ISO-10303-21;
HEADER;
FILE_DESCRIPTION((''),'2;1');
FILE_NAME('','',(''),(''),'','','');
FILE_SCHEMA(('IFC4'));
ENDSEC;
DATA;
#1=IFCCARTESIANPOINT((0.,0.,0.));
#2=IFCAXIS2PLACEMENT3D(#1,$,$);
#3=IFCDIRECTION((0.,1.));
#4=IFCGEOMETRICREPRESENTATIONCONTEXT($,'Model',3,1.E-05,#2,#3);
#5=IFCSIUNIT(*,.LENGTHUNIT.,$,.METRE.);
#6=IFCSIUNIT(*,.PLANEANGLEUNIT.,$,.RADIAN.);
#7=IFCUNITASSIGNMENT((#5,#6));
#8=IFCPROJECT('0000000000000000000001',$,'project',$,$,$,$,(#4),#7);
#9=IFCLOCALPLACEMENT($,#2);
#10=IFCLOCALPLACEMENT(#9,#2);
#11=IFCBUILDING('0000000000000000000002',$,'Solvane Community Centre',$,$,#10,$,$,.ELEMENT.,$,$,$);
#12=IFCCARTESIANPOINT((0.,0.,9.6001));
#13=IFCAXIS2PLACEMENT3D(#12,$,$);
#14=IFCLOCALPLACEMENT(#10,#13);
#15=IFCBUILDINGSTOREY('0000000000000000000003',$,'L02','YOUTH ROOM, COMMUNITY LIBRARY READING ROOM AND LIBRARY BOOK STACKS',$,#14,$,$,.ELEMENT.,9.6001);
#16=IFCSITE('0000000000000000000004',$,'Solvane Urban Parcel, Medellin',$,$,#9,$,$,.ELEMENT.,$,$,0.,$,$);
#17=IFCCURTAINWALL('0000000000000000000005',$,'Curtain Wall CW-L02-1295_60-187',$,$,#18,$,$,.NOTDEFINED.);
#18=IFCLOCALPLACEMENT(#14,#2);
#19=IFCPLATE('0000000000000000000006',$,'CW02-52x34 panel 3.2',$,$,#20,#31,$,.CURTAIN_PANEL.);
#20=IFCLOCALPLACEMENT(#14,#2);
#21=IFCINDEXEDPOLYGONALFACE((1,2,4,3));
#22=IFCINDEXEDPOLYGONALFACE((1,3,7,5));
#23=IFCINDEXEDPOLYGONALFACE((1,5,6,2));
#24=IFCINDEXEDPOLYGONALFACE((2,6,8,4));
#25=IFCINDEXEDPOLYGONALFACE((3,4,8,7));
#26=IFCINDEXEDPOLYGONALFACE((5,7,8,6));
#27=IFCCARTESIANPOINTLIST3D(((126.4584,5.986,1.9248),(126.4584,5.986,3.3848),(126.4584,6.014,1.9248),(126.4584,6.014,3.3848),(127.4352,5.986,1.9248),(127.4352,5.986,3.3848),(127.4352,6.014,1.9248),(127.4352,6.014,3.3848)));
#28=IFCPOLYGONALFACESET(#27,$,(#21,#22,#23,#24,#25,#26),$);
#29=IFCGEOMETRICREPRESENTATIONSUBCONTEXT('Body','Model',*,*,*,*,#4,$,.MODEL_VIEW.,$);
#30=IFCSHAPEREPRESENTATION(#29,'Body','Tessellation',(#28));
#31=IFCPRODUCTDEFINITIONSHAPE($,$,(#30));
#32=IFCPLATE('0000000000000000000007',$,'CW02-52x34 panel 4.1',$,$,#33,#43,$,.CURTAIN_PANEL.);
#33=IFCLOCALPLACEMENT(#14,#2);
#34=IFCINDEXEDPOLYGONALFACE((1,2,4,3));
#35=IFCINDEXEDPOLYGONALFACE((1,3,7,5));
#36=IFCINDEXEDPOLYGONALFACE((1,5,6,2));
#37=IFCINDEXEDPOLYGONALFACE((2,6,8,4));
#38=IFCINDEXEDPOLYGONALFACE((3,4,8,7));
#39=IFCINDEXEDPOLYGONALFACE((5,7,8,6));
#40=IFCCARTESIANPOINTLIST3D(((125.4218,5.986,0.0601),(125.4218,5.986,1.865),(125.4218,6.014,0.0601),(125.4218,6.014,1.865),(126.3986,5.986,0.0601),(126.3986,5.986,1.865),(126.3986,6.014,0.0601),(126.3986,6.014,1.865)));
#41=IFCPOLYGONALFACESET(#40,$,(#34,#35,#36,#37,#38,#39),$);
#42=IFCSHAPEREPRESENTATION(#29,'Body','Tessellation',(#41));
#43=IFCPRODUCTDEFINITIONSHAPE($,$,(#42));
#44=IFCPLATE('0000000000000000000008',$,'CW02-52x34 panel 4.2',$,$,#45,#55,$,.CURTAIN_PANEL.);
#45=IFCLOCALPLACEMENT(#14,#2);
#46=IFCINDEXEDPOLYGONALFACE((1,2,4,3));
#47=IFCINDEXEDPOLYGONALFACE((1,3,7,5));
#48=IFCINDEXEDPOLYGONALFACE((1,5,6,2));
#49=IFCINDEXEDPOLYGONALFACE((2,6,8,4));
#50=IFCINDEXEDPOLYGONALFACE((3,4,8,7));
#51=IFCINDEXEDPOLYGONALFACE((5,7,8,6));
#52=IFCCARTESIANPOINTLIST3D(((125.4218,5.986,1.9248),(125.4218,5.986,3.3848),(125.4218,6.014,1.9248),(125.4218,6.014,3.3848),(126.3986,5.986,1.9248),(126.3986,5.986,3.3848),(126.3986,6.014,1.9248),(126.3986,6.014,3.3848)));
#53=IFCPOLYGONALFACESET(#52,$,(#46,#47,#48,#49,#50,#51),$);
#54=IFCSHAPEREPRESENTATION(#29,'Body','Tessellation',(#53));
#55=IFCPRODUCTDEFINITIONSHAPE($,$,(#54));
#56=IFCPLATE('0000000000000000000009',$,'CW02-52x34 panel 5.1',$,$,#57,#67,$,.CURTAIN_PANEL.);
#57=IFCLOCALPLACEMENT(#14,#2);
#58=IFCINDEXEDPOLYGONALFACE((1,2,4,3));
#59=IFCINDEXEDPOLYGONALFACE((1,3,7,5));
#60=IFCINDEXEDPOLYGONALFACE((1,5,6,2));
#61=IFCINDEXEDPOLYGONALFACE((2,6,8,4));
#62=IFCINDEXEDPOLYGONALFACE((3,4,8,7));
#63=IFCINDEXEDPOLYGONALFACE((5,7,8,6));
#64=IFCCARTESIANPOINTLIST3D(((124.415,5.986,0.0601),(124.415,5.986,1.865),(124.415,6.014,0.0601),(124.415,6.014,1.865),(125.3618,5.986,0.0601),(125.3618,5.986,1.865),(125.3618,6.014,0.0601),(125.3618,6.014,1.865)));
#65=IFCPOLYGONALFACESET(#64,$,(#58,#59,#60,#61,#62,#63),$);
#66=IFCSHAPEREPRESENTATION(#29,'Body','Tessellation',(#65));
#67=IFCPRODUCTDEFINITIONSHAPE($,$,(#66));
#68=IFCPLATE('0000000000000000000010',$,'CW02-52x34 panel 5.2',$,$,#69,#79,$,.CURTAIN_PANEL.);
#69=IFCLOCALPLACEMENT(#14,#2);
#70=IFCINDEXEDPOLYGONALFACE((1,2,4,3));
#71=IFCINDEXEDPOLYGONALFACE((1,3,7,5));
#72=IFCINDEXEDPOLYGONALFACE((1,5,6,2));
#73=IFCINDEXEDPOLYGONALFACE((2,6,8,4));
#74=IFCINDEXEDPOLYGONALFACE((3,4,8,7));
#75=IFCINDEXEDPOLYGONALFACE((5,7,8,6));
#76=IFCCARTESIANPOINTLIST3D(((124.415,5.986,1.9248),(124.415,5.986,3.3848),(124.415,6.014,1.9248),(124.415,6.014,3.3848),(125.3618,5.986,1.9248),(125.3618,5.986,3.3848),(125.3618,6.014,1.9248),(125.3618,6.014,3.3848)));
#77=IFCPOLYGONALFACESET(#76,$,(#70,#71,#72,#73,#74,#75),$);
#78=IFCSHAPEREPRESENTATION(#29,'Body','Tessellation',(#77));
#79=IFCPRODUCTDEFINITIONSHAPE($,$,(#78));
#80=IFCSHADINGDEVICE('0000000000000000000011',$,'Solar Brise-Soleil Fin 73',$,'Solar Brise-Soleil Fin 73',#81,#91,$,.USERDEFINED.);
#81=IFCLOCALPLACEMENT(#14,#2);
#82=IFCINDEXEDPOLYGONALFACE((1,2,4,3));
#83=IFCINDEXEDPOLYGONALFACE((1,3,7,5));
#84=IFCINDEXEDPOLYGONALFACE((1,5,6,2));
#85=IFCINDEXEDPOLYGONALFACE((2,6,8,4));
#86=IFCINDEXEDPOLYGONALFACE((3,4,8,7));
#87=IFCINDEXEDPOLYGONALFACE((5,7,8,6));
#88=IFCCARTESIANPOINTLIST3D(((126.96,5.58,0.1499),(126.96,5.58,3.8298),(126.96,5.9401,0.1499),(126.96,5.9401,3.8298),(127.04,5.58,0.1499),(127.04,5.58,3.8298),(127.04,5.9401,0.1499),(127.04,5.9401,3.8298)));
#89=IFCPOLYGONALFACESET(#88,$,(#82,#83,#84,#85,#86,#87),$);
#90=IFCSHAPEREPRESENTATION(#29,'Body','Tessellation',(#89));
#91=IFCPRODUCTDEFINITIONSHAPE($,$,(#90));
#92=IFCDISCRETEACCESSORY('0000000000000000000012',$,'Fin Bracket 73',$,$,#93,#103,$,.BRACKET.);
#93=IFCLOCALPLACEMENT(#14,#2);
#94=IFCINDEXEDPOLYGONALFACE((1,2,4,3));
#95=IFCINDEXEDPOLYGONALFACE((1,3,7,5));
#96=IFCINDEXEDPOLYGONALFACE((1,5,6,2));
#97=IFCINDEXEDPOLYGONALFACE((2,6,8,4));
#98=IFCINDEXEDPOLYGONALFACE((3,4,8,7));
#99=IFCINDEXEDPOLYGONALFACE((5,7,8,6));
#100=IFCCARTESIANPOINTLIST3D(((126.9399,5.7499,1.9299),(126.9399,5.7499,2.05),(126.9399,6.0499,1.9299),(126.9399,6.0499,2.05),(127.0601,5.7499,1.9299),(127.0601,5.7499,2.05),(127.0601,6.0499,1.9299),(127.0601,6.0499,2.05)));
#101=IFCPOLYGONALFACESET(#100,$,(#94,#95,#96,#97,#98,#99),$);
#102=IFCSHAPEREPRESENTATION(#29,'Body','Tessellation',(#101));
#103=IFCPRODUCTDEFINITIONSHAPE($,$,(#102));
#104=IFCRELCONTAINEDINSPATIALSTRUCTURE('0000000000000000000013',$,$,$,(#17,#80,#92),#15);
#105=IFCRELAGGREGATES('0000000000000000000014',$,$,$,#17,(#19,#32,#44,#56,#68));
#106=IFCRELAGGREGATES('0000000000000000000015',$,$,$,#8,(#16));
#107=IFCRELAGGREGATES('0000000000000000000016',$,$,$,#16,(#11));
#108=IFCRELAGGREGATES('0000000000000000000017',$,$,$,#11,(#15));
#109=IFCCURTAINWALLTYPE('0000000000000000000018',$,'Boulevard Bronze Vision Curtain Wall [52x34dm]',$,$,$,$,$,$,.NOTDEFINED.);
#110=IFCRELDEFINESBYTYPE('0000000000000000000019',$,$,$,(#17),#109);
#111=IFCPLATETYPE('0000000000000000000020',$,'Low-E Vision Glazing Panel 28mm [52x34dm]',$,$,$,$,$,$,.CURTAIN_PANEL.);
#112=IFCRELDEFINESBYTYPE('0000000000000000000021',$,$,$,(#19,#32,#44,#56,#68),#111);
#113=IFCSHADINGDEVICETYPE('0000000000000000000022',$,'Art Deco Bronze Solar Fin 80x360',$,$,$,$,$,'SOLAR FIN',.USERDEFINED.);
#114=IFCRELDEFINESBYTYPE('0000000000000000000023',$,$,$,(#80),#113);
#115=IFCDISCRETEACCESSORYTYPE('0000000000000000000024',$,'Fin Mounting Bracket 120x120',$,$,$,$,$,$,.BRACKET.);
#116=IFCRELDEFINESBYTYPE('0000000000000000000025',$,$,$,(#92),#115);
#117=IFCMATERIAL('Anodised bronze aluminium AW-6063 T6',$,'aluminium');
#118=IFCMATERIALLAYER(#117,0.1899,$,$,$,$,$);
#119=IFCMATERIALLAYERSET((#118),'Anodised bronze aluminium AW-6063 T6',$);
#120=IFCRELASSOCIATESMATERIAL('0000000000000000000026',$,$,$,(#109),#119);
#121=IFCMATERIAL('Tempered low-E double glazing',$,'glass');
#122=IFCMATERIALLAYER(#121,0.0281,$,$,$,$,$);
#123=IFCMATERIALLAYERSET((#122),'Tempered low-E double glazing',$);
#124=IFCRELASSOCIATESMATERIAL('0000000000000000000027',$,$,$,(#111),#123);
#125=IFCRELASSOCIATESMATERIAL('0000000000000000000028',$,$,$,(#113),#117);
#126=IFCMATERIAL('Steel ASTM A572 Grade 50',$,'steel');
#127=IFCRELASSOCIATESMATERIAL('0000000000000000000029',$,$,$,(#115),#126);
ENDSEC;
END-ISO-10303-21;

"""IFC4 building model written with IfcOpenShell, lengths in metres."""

from ifc_helpers import new_model, si_unit, direction, frame, origin, origin_2d, place, context, subcontext, project, spatial, rectangle, extrude, material, layer, layer_set, type_object, element, aggregate, save


model = new_model("IFC4")

# Units and contexts
model_context = context("Model", 3, precision=1e-05, world=origin(), true_north=direction((0.0, 1.0)))
body_context = subcontext(model_context, "Body", "Model", "MODEL_VIEW")
ifc_project = project(units=[si_unit("LENGTHUNIT", "METRE"), si_unit("PLANEANGLEUNIT", "RADIAN")], contexts=[model_context])

# Site, building, storey
site_placement = place(None, origin())
site = spatial("IfcSite", under=ifc_project, at=site_placement, Name="Solvane Urban Parcel, Medellin", CompositionType="ELEMENT", RefElevation=0.0)
building_placement = place(site_placement, origin())
building = spatial("IfcBuilding", under=site, at=building_placement, Name="Solvane Community Centre", CompositionType="ELEMENT")
storey_placement = place(building_placement, frame((0.0, 0.0, 9.6001)))
storey = spatial("IfcBuildingStorey", under=building, at=storey_placement, Name="L02", Description="YOUTH ROOM, COMMUNITY LIBRARY READING ROOM AND LIBRARY BOOK STACKS", CompositionType="ELEMENT", Elevation=9.6001)

# Curtain wall, plates
ifc_material_1 = material(Name="Anodised bronze aluminium AW-6063 T6", Category="aluminium")
ifc_layer_1 = layer(ifc_material_1, 0.1899)
ifc_layer_set_1 = layer_set([ifc_layer_1], Name="Anodised bronze aluminium AW-6063 T6")
curtain_wall_type = type_object("IfcCurtainWallType", Name="Boulevard Bronze Vision Curtain Wall [52x34dm]", PredefinedType="NOTDEFINED", material=ifc_layer_set_1)
curtain_wall_placement = place(storey_placement, origin())
curtain_wall = element("IfcCurtainWall", 1, at=curtain_wall_placement, inside=storey, type_object=curtain_wall_type, Name="Curtain Wall CW-L02-1295_60-187", PredefinedType="NOTDEFINED")
ifc_material_2 = material(Name="Tempered low-E double glazing", Category="glass")
ifc_layer_2 = layer(ifc_material_2, 0.0281)
ifc_layer_set_2 = layer_set([ifc_layer_2], Name="Tempered low-E double glazing")
plate_type = type_object("IfcPlateType", Name="Low-E Vision Glazing Panel 28mm [52x34dm]", PredefinedType="CURTAIN_PANEL", material=ifc_layer_set_2)
plate_1_placement = place(storey_placement, frame((126.9468, 6.0, 1.9248), z_axis=(0.0, 0.0, 1.0), x_axis=(-1.0, 0.0, 0.0)))
plate_1 = element("IfcPlate", 2, at=plate_1_placement, type_object=plate_type, Name="CW02-52x34 panel 3.2", PredefinedType="CURTAIN_PANEL", context=body_context, shape_type="SweptSolid", body=[
    extrude(rectangle(XDim=0.9768, YDim=0.0281, at=origin_2d()), origin(), (0.0, 0.0, 1.0), 1.46),
])
plate_2_placement = place(storey_placement, frame((125.9102, 6.0, 0.0601), z_axis=(0.0, 0.0, 1.0), x_axis=(-1.0, 0.0, 0.0)))
plate_2 = element("IfcPlate", 3, at=plate_2_placement, type_object=plate_type, Name="CW02-52x34 panel 4.1", PredefinedType="CURTAIN_PANEL", context=body_context, shape_type="SweptSolid", body=[
    extrude(rectangle(XDim=0.9768, YDim=0.0281, at=origin_2d()), origin(), (0.0, 0.0, 1.0), 1.8049),
])
plate_3_placement = place(storey_placement, frame((125.9102, 6.0, 1.9248), z_axis=(0.0, 0.0, 1.0), x_axis=(-1.0, 0.0, 0.0)))
plate_3 = element("IfcPlate", 4, at=plate_3_placement, type_object=plate_type, Name="CW02-52x34 panel 4.2", PredefinedType="CURTAIN_PANEL", context=body_context, shape_type="SweptSolid", body=[
    extrude(rectangle(XDim=0.9768, YDim=0.0281, at=origin_2d()), origin(), (0.0, 0.0, 1.0), 1.46),
])
plate_4_placement = place(storey_placement, frame((124.8884, 6.0, 0.0601), z_axis=(0.0, 0.0, 1.0), x_axis=(-1.0, 0.0, 0.0)))
plate_4 = element("IfcPlate", 5, at=plate_4_placement, type_object=plate_type, Name="CW02-52x34 panel 5.1", PredefinedType="CURTAIN_PANEL", context=body_context, shape_type="SweptSolid", body=[
    extrude(rectangle(XDim=0.9468, YDim=0.0281, at=origin_2d()), origin(), (0.0, 0.0, 1.0), 1.8049),
])
plate_5_placement = place(storey_placement, frame((124.8884, 6.0, 1.9248), z_axis=(0.0, 0.0, 1.0), x_axis=(-1.0, 0.0, 0.0)))
plate_5 = element("IfcPlate", 6, at=plate_5_placement, type_object=plate_type, Name="CW02-52x34 panel 5.2", PredefinedType="CURTAIN_PANEL", context=body_context, shape_type="SweptSolid", body=[
    extrude(rectangle(XDim=0.9468, YDim=0.0281, at=origin_2d()), origin(), (0.0, 0.0, 1.0), 1.46),
])
aggregate(curtain_wall, [plate_1, plate_2, plate_3, plate_4, plate_5])

# Shading device
shading_device_type = type_object("IfcShadingDeviceType", Name="Art Deco Bronze Solar Fin 80x360", ElementType="SOLAR FIN", PredefinedType="USERDEFINED", material=ifc_material_1)
shading_device_placement = place(storey_placement, frame((127.0, 5.76, 0.1499), z_axis=(0.0, 0.0, 1.0), x_axis=(-1.0, 0.0, 0.0)))
element("IfcShadingDevice", 7, at=shading_device_placement, inside=storey, type_object=shading_device_type, Name="Solar Brise-Soleil Fin 73", ObjectType="Solar Brise-Soleil Fin 73", PredefinedType="USERDEFINED", context=body_context, shape_type="SweptSolid", body=[
    extrude(rectangle(XDim=0.0801, YDim=0.3601, at=origin_2d()), origin(), (0.0, 0.0, 1.0), 3.6799),
])

# Discrete accessory
ifc_material_3 = material(Name="Steel ASTM A572 Grade 50", Category="steel")
discrete_accessory_type = type_object("IfcDiscreteAccessoryType", Name="Fin Mounting Bracket 120x120", PredefinedType="BRACKET", material=ifc_material_3)
discrete_accessory_placement = place(storey_placement, frame((127.0, 5.8999, 1.9299), z_axis=(0.0, 0.0, 1.0), x_axis=(-1.0, 0.0, 0.0)))
element("IfcDiscreteAccessory", 8, at=discrete_accessory_placement, inside=storey, type_object=discrete_accessory_type, Name="Fin Bracket 73", PredefinedType="BRACKET", context=body_context, shape_type="SweptSolid", body=[
    extrude(rectangle(XDim=0.1201, YDim=0.3, at=origin_2d()), origin(), (0.0, 0.0, 1.0), 0.1201),
])

save(model, "model.ifc")
